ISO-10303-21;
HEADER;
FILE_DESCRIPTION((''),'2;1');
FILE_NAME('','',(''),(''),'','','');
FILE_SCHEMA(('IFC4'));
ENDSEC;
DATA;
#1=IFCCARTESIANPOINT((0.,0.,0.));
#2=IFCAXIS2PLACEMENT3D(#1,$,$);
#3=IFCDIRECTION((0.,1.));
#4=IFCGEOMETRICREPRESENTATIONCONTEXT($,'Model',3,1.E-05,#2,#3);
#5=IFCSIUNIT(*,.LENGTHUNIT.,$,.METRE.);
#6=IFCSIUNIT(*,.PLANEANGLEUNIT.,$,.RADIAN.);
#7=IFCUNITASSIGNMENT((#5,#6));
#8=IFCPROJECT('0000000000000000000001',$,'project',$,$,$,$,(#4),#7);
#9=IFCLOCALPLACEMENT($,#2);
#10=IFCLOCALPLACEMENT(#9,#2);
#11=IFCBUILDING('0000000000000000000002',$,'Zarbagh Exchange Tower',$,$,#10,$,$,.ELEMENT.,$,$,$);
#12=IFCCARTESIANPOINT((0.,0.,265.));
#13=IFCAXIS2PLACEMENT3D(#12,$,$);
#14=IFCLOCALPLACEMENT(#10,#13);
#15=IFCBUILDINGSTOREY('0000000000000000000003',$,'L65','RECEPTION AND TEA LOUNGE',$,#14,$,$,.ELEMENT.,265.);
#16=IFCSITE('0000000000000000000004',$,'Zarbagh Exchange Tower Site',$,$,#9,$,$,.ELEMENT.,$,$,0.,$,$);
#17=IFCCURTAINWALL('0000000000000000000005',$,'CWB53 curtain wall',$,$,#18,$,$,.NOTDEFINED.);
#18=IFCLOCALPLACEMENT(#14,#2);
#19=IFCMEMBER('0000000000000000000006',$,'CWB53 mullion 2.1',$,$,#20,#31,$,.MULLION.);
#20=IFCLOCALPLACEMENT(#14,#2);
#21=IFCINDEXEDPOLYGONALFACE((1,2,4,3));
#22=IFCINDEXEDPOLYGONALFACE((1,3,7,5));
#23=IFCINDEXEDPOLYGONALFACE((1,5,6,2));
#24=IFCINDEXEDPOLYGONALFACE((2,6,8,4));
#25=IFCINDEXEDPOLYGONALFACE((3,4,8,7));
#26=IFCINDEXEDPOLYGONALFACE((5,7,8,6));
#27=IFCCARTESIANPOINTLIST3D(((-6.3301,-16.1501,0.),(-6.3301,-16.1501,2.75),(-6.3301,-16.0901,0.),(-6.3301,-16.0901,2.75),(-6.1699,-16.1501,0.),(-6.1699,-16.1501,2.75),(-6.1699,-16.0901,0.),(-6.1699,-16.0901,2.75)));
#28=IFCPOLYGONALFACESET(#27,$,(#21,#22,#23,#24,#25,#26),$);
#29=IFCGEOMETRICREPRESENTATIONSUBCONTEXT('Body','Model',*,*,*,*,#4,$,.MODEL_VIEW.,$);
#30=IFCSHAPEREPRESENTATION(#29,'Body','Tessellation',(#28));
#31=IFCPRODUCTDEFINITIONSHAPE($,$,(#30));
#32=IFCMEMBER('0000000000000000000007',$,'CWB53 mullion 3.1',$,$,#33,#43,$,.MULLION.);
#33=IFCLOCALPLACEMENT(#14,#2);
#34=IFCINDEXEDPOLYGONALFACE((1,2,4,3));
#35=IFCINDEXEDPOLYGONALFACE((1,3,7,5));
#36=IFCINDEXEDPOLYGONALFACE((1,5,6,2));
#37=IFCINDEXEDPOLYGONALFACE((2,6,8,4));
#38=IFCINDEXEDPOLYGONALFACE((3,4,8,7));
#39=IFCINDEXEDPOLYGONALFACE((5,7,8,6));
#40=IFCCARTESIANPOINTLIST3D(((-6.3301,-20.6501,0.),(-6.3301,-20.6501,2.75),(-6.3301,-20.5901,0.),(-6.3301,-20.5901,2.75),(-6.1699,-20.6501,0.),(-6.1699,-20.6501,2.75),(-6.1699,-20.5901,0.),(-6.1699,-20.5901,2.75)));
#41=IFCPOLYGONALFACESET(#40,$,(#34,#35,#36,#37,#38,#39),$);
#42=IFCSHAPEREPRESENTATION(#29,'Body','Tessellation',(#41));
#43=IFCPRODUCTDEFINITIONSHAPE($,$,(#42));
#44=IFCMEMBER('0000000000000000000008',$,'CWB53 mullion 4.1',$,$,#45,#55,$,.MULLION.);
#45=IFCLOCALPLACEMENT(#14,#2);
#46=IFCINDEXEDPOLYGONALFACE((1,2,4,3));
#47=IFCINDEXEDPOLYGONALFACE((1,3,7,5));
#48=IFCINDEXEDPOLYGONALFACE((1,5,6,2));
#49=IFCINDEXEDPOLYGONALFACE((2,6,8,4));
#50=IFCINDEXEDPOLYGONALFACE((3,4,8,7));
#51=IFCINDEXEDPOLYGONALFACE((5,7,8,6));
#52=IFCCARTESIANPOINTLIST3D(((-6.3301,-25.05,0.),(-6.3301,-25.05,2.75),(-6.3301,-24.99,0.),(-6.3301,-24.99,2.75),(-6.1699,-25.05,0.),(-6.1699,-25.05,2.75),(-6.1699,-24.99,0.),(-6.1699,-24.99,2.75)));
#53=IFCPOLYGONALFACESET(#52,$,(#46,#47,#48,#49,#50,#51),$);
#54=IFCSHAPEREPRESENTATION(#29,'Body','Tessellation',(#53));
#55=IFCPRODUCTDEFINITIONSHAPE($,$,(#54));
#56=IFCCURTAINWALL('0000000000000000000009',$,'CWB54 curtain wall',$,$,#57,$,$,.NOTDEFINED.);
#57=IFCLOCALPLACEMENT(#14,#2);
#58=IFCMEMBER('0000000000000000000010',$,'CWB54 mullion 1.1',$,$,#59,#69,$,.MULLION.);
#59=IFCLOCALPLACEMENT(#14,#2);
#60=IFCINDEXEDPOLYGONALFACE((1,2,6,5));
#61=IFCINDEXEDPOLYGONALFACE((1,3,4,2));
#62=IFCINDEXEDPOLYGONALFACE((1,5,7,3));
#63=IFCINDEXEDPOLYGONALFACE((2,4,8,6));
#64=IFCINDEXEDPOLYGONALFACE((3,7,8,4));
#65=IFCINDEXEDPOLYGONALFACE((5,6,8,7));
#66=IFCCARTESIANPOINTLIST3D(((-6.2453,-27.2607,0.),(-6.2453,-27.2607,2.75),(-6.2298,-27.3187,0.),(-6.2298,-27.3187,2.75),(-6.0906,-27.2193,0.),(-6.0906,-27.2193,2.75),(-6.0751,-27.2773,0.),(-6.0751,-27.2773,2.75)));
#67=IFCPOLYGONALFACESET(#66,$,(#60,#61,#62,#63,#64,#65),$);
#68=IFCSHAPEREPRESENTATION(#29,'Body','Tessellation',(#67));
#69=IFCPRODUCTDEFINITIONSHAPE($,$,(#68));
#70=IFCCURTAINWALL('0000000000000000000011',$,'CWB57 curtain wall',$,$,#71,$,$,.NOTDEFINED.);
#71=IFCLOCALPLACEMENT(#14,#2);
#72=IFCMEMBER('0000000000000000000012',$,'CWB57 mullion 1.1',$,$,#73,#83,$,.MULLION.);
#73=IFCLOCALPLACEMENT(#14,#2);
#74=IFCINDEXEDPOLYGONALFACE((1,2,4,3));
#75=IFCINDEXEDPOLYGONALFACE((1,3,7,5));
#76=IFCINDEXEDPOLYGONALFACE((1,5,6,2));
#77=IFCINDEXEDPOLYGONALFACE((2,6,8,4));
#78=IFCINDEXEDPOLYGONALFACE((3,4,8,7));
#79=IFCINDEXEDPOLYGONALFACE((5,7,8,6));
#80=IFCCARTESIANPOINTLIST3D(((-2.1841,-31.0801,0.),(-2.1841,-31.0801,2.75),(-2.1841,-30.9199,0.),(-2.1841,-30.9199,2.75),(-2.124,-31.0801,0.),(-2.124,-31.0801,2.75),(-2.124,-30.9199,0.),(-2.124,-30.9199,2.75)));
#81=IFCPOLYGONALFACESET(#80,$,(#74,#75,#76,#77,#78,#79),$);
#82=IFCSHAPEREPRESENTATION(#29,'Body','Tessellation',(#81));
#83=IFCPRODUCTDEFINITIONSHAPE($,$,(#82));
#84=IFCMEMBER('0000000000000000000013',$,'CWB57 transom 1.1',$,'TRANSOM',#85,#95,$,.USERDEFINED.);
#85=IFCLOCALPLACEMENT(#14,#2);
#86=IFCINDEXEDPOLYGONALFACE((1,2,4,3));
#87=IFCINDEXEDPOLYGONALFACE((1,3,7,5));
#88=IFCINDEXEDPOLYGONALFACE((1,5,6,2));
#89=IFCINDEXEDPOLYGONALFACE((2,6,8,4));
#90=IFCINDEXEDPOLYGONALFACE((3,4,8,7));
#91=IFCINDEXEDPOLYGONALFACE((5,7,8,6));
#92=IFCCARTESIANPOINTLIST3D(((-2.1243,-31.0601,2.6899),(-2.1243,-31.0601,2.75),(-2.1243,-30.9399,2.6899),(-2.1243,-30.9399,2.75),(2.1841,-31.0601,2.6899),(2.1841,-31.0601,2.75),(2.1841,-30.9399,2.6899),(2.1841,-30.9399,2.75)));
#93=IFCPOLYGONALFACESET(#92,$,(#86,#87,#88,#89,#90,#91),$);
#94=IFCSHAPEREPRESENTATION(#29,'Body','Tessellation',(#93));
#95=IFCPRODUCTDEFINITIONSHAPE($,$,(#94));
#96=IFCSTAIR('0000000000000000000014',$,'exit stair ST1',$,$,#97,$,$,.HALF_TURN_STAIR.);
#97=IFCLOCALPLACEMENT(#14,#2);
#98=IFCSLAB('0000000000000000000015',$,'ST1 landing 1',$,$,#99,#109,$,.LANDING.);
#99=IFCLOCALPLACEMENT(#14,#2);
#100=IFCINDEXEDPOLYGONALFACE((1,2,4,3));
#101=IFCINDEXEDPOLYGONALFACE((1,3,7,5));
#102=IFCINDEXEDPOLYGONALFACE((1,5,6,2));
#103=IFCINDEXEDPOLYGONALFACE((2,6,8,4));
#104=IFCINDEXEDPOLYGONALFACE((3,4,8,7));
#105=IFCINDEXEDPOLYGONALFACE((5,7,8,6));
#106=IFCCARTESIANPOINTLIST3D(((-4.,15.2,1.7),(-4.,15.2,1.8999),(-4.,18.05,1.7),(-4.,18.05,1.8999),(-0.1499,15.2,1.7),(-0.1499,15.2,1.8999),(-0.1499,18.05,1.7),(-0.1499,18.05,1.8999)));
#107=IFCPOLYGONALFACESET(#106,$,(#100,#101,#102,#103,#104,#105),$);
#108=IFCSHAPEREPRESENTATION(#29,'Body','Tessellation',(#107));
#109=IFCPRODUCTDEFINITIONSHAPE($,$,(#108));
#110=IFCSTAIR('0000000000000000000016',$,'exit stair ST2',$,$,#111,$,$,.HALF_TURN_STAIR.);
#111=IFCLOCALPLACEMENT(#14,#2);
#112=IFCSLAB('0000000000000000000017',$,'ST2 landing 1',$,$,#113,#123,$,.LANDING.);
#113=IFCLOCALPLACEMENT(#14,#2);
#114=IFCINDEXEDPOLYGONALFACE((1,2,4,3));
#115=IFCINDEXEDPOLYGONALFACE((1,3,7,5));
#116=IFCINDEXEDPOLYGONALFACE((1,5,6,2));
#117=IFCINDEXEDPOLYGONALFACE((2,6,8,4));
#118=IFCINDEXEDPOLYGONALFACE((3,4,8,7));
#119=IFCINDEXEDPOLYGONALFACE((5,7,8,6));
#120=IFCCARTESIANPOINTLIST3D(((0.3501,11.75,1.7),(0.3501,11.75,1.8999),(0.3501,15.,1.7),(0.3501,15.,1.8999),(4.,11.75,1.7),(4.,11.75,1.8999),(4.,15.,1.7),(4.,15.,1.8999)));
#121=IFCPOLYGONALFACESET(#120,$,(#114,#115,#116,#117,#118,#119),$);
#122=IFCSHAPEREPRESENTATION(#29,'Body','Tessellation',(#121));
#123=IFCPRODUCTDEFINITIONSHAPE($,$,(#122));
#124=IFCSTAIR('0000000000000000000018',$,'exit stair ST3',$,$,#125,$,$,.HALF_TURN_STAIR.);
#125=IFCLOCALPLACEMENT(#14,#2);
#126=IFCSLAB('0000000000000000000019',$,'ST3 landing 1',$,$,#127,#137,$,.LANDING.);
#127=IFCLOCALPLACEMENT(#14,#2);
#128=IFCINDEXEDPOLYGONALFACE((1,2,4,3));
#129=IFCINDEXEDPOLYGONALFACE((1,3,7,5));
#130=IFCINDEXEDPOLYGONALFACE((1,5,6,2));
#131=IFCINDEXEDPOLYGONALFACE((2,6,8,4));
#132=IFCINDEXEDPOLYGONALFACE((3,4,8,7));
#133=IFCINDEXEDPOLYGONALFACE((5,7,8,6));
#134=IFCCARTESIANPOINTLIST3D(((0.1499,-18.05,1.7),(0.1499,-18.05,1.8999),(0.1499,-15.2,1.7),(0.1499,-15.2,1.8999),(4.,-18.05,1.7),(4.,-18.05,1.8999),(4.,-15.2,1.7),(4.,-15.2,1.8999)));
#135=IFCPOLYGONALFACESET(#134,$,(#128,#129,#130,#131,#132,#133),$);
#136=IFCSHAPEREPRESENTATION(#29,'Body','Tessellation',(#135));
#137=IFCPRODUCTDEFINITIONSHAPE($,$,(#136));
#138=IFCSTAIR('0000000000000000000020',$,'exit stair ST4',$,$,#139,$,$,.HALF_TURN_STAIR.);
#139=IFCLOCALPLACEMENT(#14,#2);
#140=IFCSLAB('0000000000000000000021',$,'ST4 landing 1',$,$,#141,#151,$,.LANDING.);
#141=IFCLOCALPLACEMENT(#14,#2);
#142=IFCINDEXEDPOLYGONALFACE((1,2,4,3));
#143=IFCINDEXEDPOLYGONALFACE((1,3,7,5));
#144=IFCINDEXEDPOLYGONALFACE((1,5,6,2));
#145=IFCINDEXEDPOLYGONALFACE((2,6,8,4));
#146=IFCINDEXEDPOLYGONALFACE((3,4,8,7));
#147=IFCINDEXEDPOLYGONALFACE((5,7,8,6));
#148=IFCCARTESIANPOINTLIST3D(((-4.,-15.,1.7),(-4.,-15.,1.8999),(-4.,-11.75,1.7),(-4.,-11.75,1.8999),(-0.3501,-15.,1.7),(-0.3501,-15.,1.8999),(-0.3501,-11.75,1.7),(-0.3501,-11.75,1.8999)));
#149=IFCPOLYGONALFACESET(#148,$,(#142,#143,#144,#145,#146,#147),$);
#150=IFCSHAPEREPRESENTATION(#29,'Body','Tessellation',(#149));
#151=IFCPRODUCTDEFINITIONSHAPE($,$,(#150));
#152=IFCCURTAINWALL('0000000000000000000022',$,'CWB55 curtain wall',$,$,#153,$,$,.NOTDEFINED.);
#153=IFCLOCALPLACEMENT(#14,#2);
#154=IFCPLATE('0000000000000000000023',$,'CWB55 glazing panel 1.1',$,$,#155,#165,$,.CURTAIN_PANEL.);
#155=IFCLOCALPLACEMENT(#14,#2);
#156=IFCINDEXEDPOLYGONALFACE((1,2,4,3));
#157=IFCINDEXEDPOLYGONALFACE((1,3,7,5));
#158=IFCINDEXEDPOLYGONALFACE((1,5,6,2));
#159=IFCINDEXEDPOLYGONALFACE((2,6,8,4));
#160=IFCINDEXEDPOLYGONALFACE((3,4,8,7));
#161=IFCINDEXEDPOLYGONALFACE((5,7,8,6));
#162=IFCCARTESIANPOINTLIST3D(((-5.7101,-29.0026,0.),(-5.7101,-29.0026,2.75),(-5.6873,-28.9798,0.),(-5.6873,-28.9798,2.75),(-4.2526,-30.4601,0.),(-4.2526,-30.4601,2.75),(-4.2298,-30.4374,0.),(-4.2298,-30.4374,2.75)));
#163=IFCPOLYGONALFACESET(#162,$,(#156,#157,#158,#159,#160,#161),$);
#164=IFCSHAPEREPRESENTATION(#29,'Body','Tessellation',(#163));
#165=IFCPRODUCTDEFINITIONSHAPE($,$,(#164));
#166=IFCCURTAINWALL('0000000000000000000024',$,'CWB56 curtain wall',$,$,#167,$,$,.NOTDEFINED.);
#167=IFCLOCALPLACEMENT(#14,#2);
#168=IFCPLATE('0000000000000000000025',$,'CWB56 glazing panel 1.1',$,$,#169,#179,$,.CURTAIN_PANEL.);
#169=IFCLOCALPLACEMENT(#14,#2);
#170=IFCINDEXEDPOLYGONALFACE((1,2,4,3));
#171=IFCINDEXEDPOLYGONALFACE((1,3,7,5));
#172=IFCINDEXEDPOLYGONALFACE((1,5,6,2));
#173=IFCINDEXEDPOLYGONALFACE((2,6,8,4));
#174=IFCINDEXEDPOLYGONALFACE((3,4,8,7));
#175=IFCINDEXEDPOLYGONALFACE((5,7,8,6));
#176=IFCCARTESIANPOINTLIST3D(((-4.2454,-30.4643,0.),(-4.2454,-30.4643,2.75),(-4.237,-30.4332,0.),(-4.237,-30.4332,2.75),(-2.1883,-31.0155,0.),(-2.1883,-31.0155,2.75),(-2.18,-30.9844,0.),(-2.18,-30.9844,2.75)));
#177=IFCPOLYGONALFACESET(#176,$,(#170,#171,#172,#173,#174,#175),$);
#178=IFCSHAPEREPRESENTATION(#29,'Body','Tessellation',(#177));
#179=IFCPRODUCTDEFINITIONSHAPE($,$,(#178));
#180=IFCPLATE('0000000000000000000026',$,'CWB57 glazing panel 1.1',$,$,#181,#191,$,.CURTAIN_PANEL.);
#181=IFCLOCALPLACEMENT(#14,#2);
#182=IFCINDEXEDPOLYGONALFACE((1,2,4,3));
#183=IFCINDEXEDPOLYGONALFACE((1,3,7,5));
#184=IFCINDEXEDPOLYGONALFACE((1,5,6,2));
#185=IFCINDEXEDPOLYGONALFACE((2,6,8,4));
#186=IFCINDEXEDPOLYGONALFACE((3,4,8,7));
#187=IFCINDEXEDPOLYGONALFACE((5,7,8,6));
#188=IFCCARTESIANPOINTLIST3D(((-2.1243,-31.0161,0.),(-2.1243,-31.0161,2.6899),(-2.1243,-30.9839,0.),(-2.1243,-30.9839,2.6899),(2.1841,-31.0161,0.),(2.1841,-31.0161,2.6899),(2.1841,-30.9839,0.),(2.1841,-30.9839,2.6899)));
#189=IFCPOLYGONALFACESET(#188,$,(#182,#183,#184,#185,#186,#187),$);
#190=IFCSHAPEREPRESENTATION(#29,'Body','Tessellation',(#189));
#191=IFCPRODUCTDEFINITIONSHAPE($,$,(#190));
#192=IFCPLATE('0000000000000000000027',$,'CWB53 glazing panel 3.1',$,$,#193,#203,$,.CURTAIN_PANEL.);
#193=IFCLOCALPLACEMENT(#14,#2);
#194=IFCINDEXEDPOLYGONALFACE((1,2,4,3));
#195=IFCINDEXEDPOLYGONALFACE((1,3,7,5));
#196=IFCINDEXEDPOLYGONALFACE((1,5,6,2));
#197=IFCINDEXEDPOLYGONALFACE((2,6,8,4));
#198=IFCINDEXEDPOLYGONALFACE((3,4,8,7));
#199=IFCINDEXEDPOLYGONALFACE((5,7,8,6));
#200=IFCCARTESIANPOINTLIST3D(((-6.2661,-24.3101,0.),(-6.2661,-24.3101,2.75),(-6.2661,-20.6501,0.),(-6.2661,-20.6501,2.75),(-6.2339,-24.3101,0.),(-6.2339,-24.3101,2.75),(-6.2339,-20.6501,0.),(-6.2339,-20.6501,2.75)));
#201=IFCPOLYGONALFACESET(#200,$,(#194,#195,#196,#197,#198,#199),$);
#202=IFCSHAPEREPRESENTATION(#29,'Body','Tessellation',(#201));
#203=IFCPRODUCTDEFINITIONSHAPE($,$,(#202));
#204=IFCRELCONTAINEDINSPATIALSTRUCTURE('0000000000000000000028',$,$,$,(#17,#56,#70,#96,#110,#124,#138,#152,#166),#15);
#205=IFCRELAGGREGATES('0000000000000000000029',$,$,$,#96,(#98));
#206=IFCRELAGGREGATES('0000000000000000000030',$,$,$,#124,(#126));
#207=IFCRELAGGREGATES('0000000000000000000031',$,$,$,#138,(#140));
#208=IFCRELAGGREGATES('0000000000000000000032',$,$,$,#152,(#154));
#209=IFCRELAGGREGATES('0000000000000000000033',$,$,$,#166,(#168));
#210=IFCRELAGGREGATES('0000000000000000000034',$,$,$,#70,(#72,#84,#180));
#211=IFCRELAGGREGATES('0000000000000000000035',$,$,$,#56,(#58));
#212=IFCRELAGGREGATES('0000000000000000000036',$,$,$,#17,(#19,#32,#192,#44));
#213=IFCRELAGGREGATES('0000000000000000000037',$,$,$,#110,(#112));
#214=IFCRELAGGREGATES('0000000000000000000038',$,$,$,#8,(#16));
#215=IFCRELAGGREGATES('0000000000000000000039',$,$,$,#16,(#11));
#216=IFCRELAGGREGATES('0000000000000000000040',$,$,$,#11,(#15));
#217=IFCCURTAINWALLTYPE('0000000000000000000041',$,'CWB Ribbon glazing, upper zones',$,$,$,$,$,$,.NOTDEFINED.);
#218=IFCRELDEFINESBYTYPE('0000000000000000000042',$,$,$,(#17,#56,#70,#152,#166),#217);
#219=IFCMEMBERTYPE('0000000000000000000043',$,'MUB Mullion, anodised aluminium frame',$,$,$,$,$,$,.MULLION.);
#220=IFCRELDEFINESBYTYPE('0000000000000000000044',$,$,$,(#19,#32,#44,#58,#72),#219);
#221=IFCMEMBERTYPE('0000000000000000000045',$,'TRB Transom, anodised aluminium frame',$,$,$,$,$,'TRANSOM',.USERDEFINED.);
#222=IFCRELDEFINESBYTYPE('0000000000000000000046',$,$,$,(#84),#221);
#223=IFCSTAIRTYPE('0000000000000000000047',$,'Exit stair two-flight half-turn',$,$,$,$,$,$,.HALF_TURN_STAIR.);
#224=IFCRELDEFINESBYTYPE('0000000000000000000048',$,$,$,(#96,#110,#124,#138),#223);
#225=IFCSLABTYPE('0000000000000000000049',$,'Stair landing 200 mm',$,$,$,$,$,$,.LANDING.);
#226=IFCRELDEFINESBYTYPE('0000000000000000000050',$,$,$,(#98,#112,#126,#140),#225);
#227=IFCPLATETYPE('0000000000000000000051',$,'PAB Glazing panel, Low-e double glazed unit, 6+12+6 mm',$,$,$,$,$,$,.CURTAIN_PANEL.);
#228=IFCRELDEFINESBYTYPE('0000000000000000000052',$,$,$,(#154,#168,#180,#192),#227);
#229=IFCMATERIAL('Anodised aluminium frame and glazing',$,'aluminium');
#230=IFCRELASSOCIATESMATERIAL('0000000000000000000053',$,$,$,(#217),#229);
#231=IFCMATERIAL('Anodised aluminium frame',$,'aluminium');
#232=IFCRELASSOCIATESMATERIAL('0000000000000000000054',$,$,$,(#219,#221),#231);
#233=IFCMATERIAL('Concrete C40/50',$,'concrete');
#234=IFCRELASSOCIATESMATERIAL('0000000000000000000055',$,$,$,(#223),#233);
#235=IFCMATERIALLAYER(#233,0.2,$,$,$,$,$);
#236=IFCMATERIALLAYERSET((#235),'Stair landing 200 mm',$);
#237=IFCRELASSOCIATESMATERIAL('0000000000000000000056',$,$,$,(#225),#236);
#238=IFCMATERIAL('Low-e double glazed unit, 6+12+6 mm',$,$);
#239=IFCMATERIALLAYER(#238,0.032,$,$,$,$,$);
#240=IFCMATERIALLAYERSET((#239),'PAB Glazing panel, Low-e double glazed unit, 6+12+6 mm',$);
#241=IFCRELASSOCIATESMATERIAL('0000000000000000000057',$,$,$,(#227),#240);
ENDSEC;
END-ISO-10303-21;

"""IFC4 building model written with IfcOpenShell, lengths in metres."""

from ifc_helpers import new_model, si_unit, direction, frame, origin, place, context, subcontext, project, spatial, polyline, outline, extrude, source, transform, mapped, material, layer, layer_set, type_object, element, aggregate, save


model = new_model("IFC4")

# Units and contexts
model_context = context("Model", 3, precision=1e-05, world=origin(), true_north=direction((0.0, 1.0)))
body_context = subcontext(model_context, "Body", "Model", "MODEL_VIEW")
ifc_project = project(units=[si_unit("LENGTHUNIT", "METRE"), si_unit("PLANEANGLEUNIT", "RADIAN")], contexts=[model_context])

# Site, building, storey
site_placement = place(None, origin())
site = spatial("IfcSite", under=ifc_project, at=site_placement, Name="Zarbagh Exchange Tower Site", CompositionType="ELEMENT", RefElevation=0.0)
building_placement = place(site_placement, origin())
building = spatial("IfcBuilding", under=site, at=building_placement, Name="Zarbagh Exchange Tower", CompositionType="ELEMENT")
storey_placement = place(building_placement, frame((0.0, 0.0, 265.0)))
storey = spatial("IfcBuildingStorey", under=building, at=storey_placement, Name="L65", Description="RECEPTION AND TEA LOUNGE", CompositionType="ELEMENT", Elevation=265.0)

# Curtain wall, members
ifc_material_1 = material(Name="Anodised aluminium frame and glazing", Category="aluminium")
curtain_wall_type = type_object("IfcCurtainWallType", Name="CWB Ribbon glazing, upper zones", PredefinedType="NOTDEFINED", material=ifc_material_1)
curtain_wall_1_placement = place(storey_placement, origin())
curtain_wall_1 = element("IfcCurtainWall", 1, at=curtain_wall_1_placement, inside=storey, type_object=curtain_wall_type, Name="CWB53 curtain wall", PredefinedType="NOTDEFINED")
ifc_material_2 = material(Name="Anodised aluminium frame", Category="aluminium")
member_type_1 = type_object("IfcMemberType", Name="MUB Mullion, anodised aluminium frame", PredefinedType="MULLION", material=ifc_material_2)
shared_shape_1 = source(origin(), body_context, "Body", "SweptSolid", [
    extrude(outline(polyline([(0.0, -0.0801), (0.0601, -0.0801), (0.0601, 0.0801), (0.0, 0.0801), (0.0, -0.0801)])), origin(), (0.0, 0.0, 1.0), 2.75),
])
placement = place(storey_placement, origin())
member_1 = element("IfcMember", 2, at=placement, type_object=member_type_1, Name="CWB53 mullion 2.1", PredefinedType="MULLION", context=body_context, shape_type="MappedRepresentation", body=[
    mapped(shared_shape_1, transform((-6.25, -16.0901, 0.0), x_axis=(0.0, -1.0, 0.0), y_axis=(1.0, 0.0, 0.0), z_axis=(0.0, 0.0, 1.0))),
])
member_2 = element("IfcMember", 3, at=placement, type_object=member_type_1, Name="CWB53 mullion 3.1", PredefinedType="MULLION", context=body_context, shape_type="MappedRepresentation", body=[
    mapped(shared_shape_1, transform((-6.25, -20.5901, 0.0), x_axis=(0.0, -1.0, 0.0), y_axis=(1.0, 0.0, 0.0), z_axis=(0.0, 0.0, 1.0))),
])
member_3 = element("IfcMember", 4, at=placement, type_object=member_type_1, Name="CWB53 mullion 4.1", PredefinedType="MULLION", context=body_context, shape_type="MappedRepresentation", body=[
    mapped(shared_shape_1, transform((-6.25, -24.99, 0.0), x_axis=(0.0, -1.0, 0.0), y_axis=(1.0, 0.0, 0.0), z_axis=(0.0, 0.0, 1.0))),
])

# Curtain wall, member
curtain_wall_2_placement = place(storey_placement, origin())
curtain_wall_2 = element("IfcCurtainWall", 5, at=curtain_wall_2_placement, inside=storey, type_object=curtain_wall_type, Name="CWB54 curtain wall", PredefinedType="NOTDEFINED")
member_4 = element("IfcMember", 6, at=placement, type_object=member_type_1, Name="CWB54 mullion 1.1", PredefinedType="MULLION", context=body_context, shape_type="MappedRepresentation", body=[
    mapped(shared_shape_1, transform((-6.168, -27.24, 0.0), x_axis=(0.258825, -0.965924, 0.0), y_axis=(0.965924, 0.258825, 0.0), z_axis=(0.0, 0.0, 1.0))),
])

# Curtain wall, members
curtain_wall_3_placement = place(storey_placement, origin())
curtain_wall_3 = element("IfcCurtainWall", 7, at=curtain_wall_3_placement, inside=storey, type_object=curtain_wall_type, Name="CWB57 curtain wall", PredefinedType="NOTDEFINED")
member_5 = element("IfcMember", 8, at=placement, type_object=member_type_1, Name="CWB57 mullion 1.1", PredefinedType="MULLION", context=body_context, shape_type="MappedRepresentation", body=[
    mapped(shared_shape_1, transform((-2.1841, -31.0, 0.0), x_axis=(1.0, 0.0, 0.0), y_axis=(0.0, 1.0, 0.0), z_axis=(0.0, 0.0, 1.0))),
])
member_type_2 = type_object("IfcMemberType", Name="TRB Transom, anodised aluminium frame", ElementType="TRANSOM", PredefinedType="USERDEFINED", material=ifc_material_2)
shared_shape_2 = source(origin(), body_context, "Body", "SweptSolid", [
    extrude(outline(polyline([(-0.0601, -0.0601), (0.0, -0.0601), (0.0, 0.0601), (-0.0601, 0.0601), (-0.0601, -0.0601)])), origin(), (0.0, 0.0, 1.0), 4.3083),
])
member_6 = element("IfcMember", 9, at=placement, type_object=member_type_2, Name="CWB57 transom 1.1", ObjectType="TRANSOM", PredefinedType="USERDEFINED", context=body_context, shape_type="MappedRepresentation", body=[
    mapped(shared_shape_2, transform((-2.1243, -31.0, 2.75), x_axis=(0.0, 0.0, 1.0), y_axis=(0.0, -1.0, 0.0), z_axis=(1.0, 0.0, 0.0))),
])

# Stairs, slabs
ifc_material_3 = material(Name="Concrete C40/50", Category="concrete")
stair_type = type_object("IfcStairType", Name="Exit stair two-flight half-turn", PredefinedType="HALF_TURN_STAIR", material=ifc_material_3)
stair_1_placement = place(storey_placement, origin())
stair_1 = element("IfcStair", 10, at=stair_1_placement, inside=storey, type_object=stair_type, Name="exit stair ST1", PredefinedType="HALF_TURN_STAIR")
ifc_layer_1 = layer(ifc_material_3, 0.2)
ifc_layer_set_1 = layer_set([ifc_layer_1], Name="Stair landing 200 mm")
slab_type = type_object("IfcSlabType", Name="Stair landing 200 mm", PredefinedType="LANDING", material=ifc_layer_set_1)
slab_1_placement = place(storey_placement, frame((0.0, 0.0, 1.7)))
slab_1 = element("IfcSlab", 11, at=slab_1_placement, type_object=slab_type, Name="ST1 landing 1", PredefinedType="LANDING", context=body_context, shape_type="SweptSolid", body=[
    extrude(outline(polyline([(-0.1499, 18.05), (-4.0, 18.05), (-4.0, 15.2), (-0.1499, 15.2), (-0.1499, 18.05)])), origin(), (0.0, 0.0, 1.0), 0.2),
])
aggregate(stair_1, [slab_1])
stair_2_placement = place(storey_placement, origin())
stair_2 = element("IfcStair", 12, at=stair_2_placement, inside=storey, type_object=stair_type, Name="exit stair ST2", PredefinedType="HALF_TURN_STAIR")
slab_2_placement = place(storey_placement, frame((0.0, 0.0, 1.7)))
slab_2 = element("IfcSlab", 13, at=slab_2_placement, type_object=slab_type, Name="ST2 landing 1", PredefinedType="LANDING", context=body_context, shape_type="SweptSolid", body=[
    extrude(outline(polyline([(0.3501, 11.75), (4.0, 11.75), (4.0, 15.0), (0.3501, 15.0), (0.3501, 11.75)])), origin(), (0.0, 0.0, 1.0), 0.2),
])
stair_3_placement = place(storey_placement, origin())
stair_3 = element("IfcStair", 14, at=stair_3_placement, inside=storey, type_object=stair_type, Name="exit stair ST3", PredefinedType="HALF_TURN_STAIR")
slab_3_placement = place(storey_placement, frame((0.0, 0.0, 1.7)))
slab_3 = element("IfcSlab", 15, at=slab_3_placement, type_object=slab_type, Name="ST3 landing 1", PredefinedType="LANDING", context=body_context, shape_type="SweptSolid", body=[
    extrude(outline(polyline([(0.1499, -18.05), (4.0, -18.05), (4.0, -15.2), (0.1499, -15.2), (0.1499, -18.05)])), origin(), (0.0, 0.0, 1.0), 0.2),
])
aggregate(stair_3, [slab_3])
stair_4_placement = place(storey_placement, origin())
stair_4 = element("IfcStair", 16, at=stair_4_placement, inside=storey, type_object=stair_type, Name="exit stair ST4", PredefinedType="HALF_TURN_STAIR")
slab_4_placement = place(storey_placement, frame((0.0, 0.0, 1.7)))
slab_4 = element("IfcSlab", 17, at=slab_4_placement, type_object=slab_type, Name="ST4 landing 1", PredefinedType="LANDING", context=body_context, shape_type="SweptSolid", body=[
    extrude(outline(polyline([(-0.3501, -11.75), (-4.0, -11.75), (-4.0, -15.0), (-0.3501, -15.0), (-0.3501, -11.75)])), origin(), (0.0, 0.0, 1.0), 0.2),
])
aggregate(stair_4, [slab_4])

# Curtain walls, plates
curtain_wall_4_placement = place(storey_placement, origin())
curtain_wall_4 = element("IfcCurtainWall", 18, at=curtain_wall_4_placement, inside=storey, type_object=curtain_wall_type, Name="CWB55 curtain wall", PredefinedType="NOTDEFINED")
ifc_material_4 = material(Name="Low-e double glazed unit, 6+12+6 mm")
ifc_layer_2 = layer(ifc_material_4, 0.032)
ifc_layer_set_2 = layer_set([ifc_layer_2], Name="PAB Glazing panel, Low-e double glazed unit, 6+12+6 mm")
plate_type = type_object("IfcPlateType", Name="PAB Glazing panel, Low-e double glazed unit, 6+12+6 mm", PredefinedType="CURTAIN_PANEL", material=ifc_layer_set_2)
shared_shape_3 = source(origin(), body_context, "Body", "SweptSolid", [
    extrude(outline(polyline([(0.0, -0.0161), (2.0613, -0.0161), (2.0613, 0.0161), (0.0, 0.0161), (0.0, -0.0161)])), origin(), (0.0, 0.0, 1.0), 2.75),
])
plate_1 = element("IfcPlate", 19, at=placement, type_object=plate_type, Name="CWB55 glazing panel 1.1", PredefinedType="CURTAIN_PANEL", context=body_context, shape_type="MappedRepresentation", body=[
    mapped(shared_shape_3, transform((-5.6987, -28.9912, 0.0), x_axis=(0.707107, -0.707107, 0.0), y_axis=(0.707107, 0.707107, 0.0), z_axis=(0.0, 0.0, 1.0))),
])
aggregate(curtain_wall_4, [plate_1])
curtain_wall_5_placement = place(storey_placement, origin())
curtain_wall_5 = element("IfcCurtainWall", 20, at=curtain_wall_5_placement, inside=storey, type_object=curtain_wall_type, Name="CWB56 curtain wall", PredefinedType="NOTDEFINED")
shared_shape_4 = source(origin(), body_context, "Body", "SweptSolid", [
    extrude(outline(polyline([(0.0, -0.0161), (2.1296, -0.0161), (2.1296, 0.0161), (0.0, 0.0161), (0.0, -0.0161)])), origin(), (0.0, 0.0, 1.0), 2.75),
])
plate_2 = element("IfcPlate", 21, at=placement, type_object=plate_type, Name="CWB56 glazing panel 1.1", PredefinedType="CURTAIN_PANEL", context=body_context, shape_type="MappedRepresentation", body=[
    mapped(shared_shape_4, transform((-4.2412, -30.4487, 0.0), x_axis=(0.965924, -0.258825, 0.0), y_axis=(0.258825, 0.965924, 0.0), z_axis=(0.0, 0.0, 1.0))),
])
aggregate(curtain_wall_5, [plate_2])

# Plates
shared_shape_5 = source(origin(), body_context, "Body", "SweptSolid", [
    extrude(outline(polyline([(0.0, -0.0161), (4.3083, -0.0161), (4.3083, 0.0161), (0.0, 0.0161), (0.0, -0.0161)])), origin(), (0.0, 0.0, 1.0), 2.6899),
])
plate_3 = element("IfcPlate", 22, at=placement, type_object=plate_type, Name="CWB57 glazing panel 1.1", PredefinedType="CURTAIN_PANEL", context=body_context, shape_type="MappedRepresentation", body=[
    mapped(shared_shape_5, transform((-2.1243, -31.0, 0.0), x_axis=(1.0, 0.0, 0.0), y_axis=(0.0, 1.0, 0.0), z_axis=(0.0, 0.0, 1.0))),
])
aggregate(curtain_wall_3, [member_5, member_6, plate_3])
shared_shape_6 = source(origin(), body_context, "Body", "SweptSolid", [
    extrude(outline(polyline([(0.0, -0.0161), (3.6599, -0.0161), (3.6599, 0.0161), (0.0, 0.0161), (0.0, -0.0161)])), origin(), (0.0, 0.0, 1.0), 2.75),
])
plate_4 = element("IfcPlate", 23, at=placement, type_object=plate_type, Name="CWB53 glazing panel 3.1", PredefinedType="CURTAIN_PANEL", context=body_context, shape_type="MappedRepresentation", body=[
    mapped(shared_shape_6, transform((-6.25, -20.6501, 0.0), x_axis=(0.0, -1.0, 0.0), y_axis=(1.0, 0.0, 0.0), z_axis=(0.0, 0.0, 1.0))),
])
aggregate(curtain_wall_2, [member_4])
aggregate(curtain_wall_1, [member_1, member_2, plate_4, member_3])

aggregate(stair_2, [slab_2])

save(model, "model.ifc")
